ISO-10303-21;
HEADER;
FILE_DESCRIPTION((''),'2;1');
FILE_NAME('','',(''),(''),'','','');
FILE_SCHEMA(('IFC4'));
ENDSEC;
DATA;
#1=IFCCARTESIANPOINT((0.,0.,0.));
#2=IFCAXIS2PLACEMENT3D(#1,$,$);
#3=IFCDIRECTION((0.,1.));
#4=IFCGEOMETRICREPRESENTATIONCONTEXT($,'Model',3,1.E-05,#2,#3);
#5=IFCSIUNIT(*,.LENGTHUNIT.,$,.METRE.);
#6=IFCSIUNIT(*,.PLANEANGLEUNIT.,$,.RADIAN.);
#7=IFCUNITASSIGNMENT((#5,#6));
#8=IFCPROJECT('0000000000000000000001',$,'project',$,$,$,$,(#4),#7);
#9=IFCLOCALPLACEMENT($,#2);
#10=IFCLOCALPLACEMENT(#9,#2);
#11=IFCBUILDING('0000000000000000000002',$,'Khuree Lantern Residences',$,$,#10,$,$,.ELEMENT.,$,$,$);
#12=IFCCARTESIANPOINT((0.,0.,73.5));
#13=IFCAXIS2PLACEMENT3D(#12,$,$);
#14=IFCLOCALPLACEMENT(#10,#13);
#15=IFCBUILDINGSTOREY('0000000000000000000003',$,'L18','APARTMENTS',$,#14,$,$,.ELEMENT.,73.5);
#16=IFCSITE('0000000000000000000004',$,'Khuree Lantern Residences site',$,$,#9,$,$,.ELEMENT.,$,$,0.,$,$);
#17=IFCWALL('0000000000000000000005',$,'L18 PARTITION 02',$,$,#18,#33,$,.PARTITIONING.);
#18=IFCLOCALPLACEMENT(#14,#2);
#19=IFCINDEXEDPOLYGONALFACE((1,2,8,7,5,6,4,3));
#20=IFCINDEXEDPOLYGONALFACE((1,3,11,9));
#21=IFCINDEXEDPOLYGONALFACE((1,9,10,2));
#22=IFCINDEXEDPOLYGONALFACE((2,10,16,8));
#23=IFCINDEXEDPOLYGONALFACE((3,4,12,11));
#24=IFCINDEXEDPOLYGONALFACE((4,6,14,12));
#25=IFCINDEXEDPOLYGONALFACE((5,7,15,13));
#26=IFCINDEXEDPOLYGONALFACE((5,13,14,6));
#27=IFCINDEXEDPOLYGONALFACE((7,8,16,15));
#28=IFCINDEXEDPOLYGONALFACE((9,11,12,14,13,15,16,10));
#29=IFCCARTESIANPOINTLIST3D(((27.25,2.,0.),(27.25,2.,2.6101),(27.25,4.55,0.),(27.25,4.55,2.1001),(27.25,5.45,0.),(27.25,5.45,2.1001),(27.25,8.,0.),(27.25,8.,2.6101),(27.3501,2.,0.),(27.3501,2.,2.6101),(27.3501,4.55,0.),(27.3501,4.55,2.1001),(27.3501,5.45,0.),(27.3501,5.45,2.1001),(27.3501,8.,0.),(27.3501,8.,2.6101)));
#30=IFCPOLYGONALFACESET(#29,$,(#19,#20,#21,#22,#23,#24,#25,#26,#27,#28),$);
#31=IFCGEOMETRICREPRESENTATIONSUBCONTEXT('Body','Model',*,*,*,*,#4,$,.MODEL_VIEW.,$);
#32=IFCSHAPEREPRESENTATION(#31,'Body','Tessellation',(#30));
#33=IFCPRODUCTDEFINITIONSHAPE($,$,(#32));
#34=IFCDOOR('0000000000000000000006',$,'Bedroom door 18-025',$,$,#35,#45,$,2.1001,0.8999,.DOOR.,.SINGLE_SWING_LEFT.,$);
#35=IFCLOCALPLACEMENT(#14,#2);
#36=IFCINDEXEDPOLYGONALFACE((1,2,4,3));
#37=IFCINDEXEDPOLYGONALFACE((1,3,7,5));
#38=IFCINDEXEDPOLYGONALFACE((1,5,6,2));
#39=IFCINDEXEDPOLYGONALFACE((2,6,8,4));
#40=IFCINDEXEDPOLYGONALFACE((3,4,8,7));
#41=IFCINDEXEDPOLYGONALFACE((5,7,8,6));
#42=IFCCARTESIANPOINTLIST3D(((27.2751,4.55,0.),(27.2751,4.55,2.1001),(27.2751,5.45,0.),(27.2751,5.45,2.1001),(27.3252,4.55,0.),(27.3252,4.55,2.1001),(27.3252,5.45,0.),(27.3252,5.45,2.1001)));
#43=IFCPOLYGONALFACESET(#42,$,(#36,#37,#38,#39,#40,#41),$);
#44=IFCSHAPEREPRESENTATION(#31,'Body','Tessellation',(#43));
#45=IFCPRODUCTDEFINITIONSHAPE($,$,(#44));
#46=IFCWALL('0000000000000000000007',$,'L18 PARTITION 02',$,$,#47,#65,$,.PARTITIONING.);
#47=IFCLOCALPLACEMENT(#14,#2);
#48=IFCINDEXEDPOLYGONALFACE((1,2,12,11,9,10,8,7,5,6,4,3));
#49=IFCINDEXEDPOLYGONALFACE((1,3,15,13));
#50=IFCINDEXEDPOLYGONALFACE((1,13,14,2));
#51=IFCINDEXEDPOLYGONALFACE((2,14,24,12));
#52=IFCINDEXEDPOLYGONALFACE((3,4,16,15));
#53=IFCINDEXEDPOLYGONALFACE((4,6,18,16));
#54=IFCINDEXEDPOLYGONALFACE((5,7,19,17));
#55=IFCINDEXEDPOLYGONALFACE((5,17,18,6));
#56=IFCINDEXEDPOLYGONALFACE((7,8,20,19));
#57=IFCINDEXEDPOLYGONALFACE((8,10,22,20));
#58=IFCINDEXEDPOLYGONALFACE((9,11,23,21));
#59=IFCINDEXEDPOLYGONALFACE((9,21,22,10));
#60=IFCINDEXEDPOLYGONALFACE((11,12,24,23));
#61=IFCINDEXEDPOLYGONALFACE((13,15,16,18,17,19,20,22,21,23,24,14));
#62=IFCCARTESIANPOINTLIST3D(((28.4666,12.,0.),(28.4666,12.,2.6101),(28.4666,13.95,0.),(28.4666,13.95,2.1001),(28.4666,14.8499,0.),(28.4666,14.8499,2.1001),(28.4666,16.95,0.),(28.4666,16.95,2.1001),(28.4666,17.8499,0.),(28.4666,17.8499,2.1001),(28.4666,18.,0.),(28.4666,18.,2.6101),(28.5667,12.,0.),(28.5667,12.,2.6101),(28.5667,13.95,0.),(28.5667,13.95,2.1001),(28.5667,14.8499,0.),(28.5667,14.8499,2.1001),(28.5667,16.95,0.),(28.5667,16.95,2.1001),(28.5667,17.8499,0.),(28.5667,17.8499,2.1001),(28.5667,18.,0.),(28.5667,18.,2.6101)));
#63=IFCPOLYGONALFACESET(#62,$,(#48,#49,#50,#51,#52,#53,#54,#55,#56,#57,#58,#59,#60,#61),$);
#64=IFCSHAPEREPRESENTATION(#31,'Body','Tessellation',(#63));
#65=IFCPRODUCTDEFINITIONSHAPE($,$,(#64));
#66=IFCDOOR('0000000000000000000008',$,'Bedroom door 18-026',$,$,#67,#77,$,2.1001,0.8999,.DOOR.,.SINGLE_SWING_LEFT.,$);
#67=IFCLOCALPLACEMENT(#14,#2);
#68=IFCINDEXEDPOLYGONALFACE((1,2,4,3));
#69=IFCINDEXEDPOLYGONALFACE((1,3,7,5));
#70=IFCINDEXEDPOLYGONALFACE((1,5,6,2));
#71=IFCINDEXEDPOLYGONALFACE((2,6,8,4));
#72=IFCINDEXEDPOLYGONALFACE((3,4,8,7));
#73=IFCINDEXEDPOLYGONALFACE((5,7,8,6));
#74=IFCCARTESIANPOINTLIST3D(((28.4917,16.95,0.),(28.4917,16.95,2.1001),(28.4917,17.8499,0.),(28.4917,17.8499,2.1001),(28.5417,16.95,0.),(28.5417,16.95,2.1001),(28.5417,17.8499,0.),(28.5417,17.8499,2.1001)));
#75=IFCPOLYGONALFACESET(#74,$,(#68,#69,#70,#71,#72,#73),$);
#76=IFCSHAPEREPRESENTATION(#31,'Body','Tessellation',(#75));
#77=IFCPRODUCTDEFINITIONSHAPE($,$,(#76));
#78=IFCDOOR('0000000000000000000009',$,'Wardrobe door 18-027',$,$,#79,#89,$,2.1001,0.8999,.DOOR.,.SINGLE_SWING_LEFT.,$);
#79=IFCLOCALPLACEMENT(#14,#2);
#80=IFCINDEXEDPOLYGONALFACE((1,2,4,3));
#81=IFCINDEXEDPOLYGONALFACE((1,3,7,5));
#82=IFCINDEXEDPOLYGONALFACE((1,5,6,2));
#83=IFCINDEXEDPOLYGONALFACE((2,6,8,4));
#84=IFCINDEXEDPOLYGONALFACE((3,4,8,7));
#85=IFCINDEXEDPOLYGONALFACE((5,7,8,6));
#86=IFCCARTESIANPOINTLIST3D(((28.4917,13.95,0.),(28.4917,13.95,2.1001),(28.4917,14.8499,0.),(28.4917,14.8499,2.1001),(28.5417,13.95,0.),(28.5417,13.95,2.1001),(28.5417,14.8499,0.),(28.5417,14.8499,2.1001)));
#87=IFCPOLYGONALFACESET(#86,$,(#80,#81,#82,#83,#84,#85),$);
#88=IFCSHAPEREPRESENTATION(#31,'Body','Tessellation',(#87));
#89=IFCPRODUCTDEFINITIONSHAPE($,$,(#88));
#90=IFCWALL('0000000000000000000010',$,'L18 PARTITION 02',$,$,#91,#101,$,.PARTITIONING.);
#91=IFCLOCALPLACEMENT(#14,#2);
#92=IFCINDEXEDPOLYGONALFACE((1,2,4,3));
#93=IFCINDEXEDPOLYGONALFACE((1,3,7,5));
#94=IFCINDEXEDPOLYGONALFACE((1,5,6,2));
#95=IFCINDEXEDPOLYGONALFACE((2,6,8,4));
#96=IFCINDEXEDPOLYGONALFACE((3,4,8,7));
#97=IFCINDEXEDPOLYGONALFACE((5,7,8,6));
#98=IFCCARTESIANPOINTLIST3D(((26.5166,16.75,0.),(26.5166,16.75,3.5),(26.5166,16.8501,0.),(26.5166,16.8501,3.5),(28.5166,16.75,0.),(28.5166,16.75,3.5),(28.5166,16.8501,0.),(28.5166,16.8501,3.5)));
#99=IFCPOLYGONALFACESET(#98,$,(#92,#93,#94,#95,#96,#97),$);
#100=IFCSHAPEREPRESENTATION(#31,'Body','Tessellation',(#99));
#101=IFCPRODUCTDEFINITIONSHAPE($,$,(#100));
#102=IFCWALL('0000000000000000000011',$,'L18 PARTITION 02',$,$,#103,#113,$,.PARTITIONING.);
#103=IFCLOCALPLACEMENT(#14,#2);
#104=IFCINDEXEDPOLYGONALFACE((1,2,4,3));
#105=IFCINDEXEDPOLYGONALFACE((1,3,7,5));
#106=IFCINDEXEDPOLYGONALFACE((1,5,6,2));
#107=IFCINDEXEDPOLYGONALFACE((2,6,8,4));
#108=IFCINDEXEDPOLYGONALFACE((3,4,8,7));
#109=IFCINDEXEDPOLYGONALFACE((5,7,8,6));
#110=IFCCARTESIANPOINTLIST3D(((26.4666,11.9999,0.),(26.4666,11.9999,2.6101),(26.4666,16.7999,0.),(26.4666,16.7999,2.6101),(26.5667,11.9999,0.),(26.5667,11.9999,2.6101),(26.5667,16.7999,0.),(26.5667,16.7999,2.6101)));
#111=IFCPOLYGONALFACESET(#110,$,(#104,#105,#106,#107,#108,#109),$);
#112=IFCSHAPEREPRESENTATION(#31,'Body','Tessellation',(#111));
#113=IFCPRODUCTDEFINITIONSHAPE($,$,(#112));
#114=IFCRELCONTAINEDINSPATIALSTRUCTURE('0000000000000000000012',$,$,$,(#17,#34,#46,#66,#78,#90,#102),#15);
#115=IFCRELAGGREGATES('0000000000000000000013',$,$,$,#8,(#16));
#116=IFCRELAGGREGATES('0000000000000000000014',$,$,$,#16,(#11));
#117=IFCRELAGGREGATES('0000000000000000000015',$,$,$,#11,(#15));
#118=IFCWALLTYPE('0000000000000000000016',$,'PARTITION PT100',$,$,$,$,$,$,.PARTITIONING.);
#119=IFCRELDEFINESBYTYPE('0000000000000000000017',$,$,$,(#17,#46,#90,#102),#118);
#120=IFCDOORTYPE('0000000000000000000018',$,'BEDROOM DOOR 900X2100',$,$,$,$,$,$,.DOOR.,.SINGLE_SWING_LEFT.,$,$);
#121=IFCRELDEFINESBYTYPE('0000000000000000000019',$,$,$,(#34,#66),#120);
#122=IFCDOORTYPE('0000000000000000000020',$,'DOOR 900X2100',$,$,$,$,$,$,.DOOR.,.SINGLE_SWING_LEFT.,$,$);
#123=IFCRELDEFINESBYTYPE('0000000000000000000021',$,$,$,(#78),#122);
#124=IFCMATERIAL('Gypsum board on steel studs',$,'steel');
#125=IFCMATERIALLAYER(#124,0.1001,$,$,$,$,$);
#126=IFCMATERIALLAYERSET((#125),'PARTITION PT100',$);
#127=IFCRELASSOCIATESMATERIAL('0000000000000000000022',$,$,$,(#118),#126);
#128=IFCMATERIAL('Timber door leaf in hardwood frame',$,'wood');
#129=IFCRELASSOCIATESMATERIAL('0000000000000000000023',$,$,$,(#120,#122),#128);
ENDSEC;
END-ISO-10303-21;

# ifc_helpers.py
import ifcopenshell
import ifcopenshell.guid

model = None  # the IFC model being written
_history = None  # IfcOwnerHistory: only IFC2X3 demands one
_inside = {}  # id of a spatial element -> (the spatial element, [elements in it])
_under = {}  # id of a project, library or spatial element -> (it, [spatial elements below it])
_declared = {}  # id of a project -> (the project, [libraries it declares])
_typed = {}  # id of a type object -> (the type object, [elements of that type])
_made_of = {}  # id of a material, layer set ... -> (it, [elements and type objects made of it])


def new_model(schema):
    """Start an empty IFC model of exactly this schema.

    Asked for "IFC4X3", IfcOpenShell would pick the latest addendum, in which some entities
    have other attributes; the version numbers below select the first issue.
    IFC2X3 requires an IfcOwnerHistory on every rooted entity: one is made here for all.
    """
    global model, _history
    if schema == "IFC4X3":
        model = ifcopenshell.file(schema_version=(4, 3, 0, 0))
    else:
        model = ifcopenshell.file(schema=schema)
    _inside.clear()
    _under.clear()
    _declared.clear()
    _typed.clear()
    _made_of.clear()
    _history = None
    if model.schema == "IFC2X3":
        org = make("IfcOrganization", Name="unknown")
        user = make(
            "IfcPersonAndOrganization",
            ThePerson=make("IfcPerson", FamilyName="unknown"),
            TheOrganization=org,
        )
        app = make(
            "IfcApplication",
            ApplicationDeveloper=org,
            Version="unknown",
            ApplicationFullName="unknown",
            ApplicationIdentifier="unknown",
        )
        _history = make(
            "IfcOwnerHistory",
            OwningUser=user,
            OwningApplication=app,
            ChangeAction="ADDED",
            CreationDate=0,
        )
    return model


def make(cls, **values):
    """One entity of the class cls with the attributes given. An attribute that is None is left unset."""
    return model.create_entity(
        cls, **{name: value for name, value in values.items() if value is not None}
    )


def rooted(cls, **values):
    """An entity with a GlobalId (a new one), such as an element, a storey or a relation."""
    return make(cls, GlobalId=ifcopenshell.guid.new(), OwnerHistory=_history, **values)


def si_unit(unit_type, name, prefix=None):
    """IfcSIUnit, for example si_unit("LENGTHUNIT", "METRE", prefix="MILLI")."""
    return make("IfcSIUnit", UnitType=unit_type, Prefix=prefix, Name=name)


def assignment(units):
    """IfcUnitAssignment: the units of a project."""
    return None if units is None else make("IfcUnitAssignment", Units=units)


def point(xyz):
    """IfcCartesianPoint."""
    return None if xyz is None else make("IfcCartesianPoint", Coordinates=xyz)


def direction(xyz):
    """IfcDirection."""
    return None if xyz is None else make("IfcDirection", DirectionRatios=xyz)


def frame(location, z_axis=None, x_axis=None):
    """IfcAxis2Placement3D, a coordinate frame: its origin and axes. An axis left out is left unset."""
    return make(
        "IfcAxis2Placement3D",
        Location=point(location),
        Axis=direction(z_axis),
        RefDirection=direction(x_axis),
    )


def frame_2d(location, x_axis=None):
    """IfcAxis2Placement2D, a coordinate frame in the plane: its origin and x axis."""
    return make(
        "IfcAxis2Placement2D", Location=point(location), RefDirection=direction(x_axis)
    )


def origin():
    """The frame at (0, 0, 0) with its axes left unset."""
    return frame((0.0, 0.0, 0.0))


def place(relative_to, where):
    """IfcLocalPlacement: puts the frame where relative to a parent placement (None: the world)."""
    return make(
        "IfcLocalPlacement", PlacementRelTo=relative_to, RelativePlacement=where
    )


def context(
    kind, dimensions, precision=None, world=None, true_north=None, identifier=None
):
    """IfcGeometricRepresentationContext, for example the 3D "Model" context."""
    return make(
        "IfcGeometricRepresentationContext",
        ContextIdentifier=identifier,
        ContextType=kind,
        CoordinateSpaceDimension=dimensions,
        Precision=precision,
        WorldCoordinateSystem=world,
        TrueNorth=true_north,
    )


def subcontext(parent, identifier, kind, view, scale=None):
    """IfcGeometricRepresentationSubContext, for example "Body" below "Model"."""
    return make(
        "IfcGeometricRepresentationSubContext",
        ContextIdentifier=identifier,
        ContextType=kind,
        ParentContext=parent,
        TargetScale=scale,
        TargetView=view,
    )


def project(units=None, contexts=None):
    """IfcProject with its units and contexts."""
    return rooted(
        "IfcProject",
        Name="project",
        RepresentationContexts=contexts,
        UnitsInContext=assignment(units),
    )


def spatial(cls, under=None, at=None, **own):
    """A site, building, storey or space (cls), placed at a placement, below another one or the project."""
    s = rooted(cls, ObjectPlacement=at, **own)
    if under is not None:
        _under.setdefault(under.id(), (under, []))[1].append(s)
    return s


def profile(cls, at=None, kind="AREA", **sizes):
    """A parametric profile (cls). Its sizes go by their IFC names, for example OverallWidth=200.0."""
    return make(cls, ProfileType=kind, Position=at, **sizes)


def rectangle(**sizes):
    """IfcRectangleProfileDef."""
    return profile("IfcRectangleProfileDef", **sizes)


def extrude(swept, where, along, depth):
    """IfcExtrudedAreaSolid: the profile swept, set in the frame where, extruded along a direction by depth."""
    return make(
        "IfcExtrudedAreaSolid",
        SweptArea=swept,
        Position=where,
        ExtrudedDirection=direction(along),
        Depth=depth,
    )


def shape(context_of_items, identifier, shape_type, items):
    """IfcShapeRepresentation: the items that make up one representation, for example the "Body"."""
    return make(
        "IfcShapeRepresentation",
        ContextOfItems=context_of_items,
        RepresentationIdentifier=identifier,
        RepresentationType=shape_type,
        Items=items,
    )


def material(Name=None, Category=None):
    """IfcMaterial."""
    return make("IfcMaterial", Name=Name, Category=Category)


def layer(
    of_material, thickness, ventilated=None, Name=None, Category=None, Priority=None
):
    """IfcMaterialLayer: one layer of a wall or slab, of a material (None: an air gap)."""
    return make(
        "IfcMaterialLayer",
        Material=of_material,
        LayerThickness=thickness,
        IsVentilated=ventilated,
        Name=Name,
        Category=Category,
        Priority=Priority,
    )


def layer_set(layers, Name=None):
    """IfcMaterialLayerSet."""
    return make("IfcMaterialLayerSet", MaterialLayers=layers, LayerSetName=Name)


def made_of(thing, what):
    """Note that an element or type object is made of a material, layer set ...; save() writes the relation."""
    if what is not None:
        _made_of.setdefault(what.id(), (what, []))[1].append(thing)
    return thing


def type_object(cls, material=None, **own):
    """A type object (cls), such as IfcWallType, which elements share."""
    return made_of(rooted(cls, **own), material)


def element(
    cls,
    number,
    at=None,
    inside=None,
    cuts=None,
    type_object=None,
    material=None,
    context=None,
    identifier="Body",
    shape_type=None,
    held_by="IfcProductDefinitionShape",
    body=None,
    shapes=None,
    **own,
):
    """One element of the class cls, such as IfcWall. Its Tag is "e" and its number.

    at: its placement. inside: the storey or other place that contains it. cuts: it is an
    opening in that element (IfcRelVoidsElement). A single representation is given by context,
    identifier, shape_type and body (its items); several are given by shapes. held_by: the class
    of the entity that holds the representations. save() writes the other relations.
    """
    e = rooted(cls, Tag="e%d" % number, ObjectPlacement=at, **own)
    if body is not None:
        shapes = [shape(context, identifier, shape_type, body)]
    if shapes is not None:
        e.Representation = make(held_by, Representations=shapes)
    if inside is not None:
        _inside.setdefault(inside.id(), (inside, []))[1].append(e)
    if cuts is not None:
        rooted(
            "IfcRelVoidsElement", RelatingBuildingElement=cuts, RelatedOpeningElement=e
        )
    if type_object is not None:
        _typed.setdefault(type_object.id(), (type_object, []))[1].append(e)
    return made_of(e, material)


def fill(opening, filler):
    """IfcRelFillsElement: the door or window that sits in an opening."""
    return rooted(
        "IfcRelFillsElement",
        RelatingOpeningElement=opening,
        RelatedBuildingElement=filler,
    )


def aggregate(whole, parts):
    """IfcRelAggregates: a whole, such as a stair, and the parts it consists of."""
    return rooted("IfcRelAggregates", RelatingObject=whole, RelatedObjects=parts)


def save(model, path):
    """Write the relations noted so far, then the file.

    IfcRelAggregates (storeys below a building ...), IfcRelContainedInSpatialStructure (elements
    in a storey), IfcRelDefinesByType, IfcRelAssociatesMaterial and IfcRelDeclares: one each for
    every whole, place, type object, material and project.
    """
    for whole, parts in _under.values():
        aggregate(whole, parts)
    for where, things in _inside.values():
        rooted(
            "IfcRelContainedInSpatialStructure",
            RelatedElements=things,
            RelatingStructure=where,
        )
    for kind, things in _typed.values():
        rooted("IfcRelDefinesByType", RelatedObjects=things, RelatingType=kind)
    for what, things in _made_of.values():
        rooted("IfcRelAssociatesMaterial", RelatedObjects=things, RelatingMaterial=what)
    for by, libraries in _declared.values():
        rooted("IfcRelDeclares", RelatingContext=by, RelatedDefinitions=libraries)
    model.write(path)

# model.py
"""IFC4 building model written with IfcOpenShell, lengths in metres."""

from ifc_helpers import new_model, si_unit, direction, frame, frame_2d, origin, place, context, subcontext, project, spatial, rectangle, extrude, material, layer, layer_set, type_object, element, fill, save


model = new_model("IFC4")

# Units and contexts
model_context = context("Model", 3, precision=1e-05, world=origin(), true_north=direction((0.0, 1.0)))
body_context = subcontext(model_context, "Body", "Model", "MODEL_VIEW")
ifc_project = project(units=[si_unit("LENGTHUNIT", "METRE"), si_unit("PLANEANGLEUNIT", "RADIAN")], contexts=[model_context])

# Site, building, storey
site_placement = place(None, origin())
site = spatial("IfcSite", under=ifc_project, at=site_placement, Name="Khuree Lantern Residences site", CompositionType="ELEMENT", RefElevation=0.0)
building_placement = place(site_placement, origin())
building = spatial("IfcBuilding", under=site, at=building_placement, Name="Khuree Lantern Residences", CompositionType="ELEMENT")
storey_placement = place(building_placement, frame((0.0, 0.0, 73.5)))
storey = spatial("IfcBuildingStorey", under=building, at=storey_placement, Name="L18", Description="APARTMENTS", CompositionType="ELEMENT", Elevation=73.5)

# Shared definitions
ifc_material_1 = material(Name="Timber door leaf in hardwood frame", Category="wood")

# Shared definitions
ifc_material_2 = material(Name="Gypsum board on steel studs", Category="steel")
ifc_layer_1 = layer(ifc_material_2, 0.1001)
ifc_layer_set_1 = layer_set([ifc_layer_1], Name="PARTITION PT100")
wall_type_1 = type_object("IfcWallType", Name="PARTITION PT100", PredefinedType="PARTITIONING", material=ifc_layer_set_1)

# Wall, opening, door
wall_1_placement = place(storey_placement, frame((27.3, 2.0, 0.0), z_axis=(0.0, 0.0, 1.0), x_axis=(0.0, 1.0, 0.0)))
wall_1 = element("IfcWall", 1, at=wall_1_placement, inside=storey, type_object=wall_type_1, Name="L18 PARTITION 02", PredefinedType="PARTITIONING", context=body_context, shape_type="SweptSolid", body=[
    extrude(rectangle(XDim=6.0, YDim=0.1001, at=frame_2d((3.0, 0.0))), origin(), (0.0, 0.0, 1.0), 2.6101),
])
opening_1_placement = place(wall_1_placement, frame((2.55, 0.0, 0.0)))
opening_1 = element("IfcOpeningElement", 2, at=opening_1_placement, cuts=wall_1, PredefinedType="OPENING", context=body_context, shape_type="SweptSolid", body=[
    extrude(rectangle(XDim=0.8999, YDim=2.1001, at=frame_2d((0.45, 1.05))), frame((0.0, 0.0601, 0.0), z_axis=(0.0, -1.0, 0.0), x_axis=(1.0, 0.0, 0.0)), (0.0, 0.0, 1.0), 0.1201),
])
door_type_1 = type_object("IfcDoorType", Name="BEDROOM DOOR 900X2100", OperationType="SINGLE_SWING_LEFT", PredefinedType="DOOR", material=ifc_material_1)
door_1_placement = place(opening_1_placement, origin())
door_1 = element("IfcDoor", 3, at=door_1_placement, inside=storey, type_object=door_type_1, Name="Bedroom door 18-025", OperationType="SINGLE_SWING_LEFT", OverallHeight=2.1001, OverallWidth=0.8999, PredefinedType="DOOR", context=body_context, shape_type="SweptSolid", body=[
    extrude(rectangle(XDim=0.8999, YDim=2.1001, at=frame_2d((0.45, 1.05))), frame((0.0, 0.0249, 0.0), z_axis=(0.0, -1.0, 0.0), x_axis=(1.0, 0.0, 0.0)), (0.0, 0.0, 1.0), 0.05),
])
fill(opening_1, door_1)

# Wall, openings, doors
wall_2_placement = place(storey_placement, frame((28.5166, 12.0, 0.0), z_axis=(0.0, 0.0, 1.0), x_axis=(0.0, 1.0, 0.0)))
wall_2 = element("IfcWall", 4, at=wall_2_placement, inside=storey, type_object=wall_type_1, Name="L18 PARTITION 02", PredefinedType="PARTITIONING", context=body_context, shape_type="SweptSolid", body=[
    extrude(rectangle(XDim=6.0, YDim=0.1001, at=frame_2d((3.0, 0.0))), origin(), (0.0, 0.0, 1.0), 2.6101),
])
opening_2_placement = place(wall_2_placement, frame((4.95, 0.0, 0.0)))
opening_2 = element("IfcOpeningElement", 5, at=opening_2_placement, cuts=wall_2, PredefinedType="OPENING", context=body_context, shape_type="SweptSolid", body=[
    extrude(rectangle(XDim=0.8999, YDim=2.1001, at=frame_2d((0.45, 1.05))), frame((0.0, 0.0601, 0.0), z_axis=(0.0, -1.0, 0.0), x_axis=(1.0, 0.0, 0.0)), (0.0, 0.0, 1.0), 0.1201),
])
opening_3_placement = place(wall_2_placement, frame((1.95, 0.0, 0.0)))
opening_3 = element("IfcOpeningElement", 6, at=opening_3_placement, cuts=wall_2, PredefinedType="OPENING", context=body_context, shape_type="SweptSolid", body=[
    extrude(rectangle(XDim=0.8999, YDim=2.1001, at=frame_2d((0.45, 1.05))), frame((0.0, 0.0601, 0.0), z_axis=(0.0, -1.0, 0.0), x_axis=(1.0, 0.0, 0.0)), (0.0, 0.0, 1.0), 0.1201),
])
door_2_placement = place(opening_2_placement, origin())
door_2 = element("IfcDoor", 7, at=door_2_placement, inside=storey, type_object=door_type_1, Name="Bedroom door 18-026", OperationType="SINGLE_SWING_LEFT", OverallHeight=2.1001, OverallWidth=0.8999, PredefinedType="DOOR", context=body_context, shape_type="SweptSolid", body=[
    extrude(rectangle(XDim=0.8999, YDim=2.1001, at=frame_2d((0.45, 1.05))), frame((0.0, 0.0249, 0.0), z_axis=(0.0, -1.0, 0.0), x_axis=(1.0, 0.0, 0.0)), (0.0, 0.0, 1.0), 0.05),
])
fill(opening_2, door_2)
door_type_2 = type_object("IfcDoorType", Name="DOOR 900X2100", OperationType="SINGLE_SWING_LEFT", PredefinedType="DOOR", material=ifc_material_1)
door_3_placement = place(opening_3_placement, origin())
door_3 = element("IfcDoor", 8, at=door_3_placement, inside=storey, type_object=door_type_2, Name="Wardrobe door 18-027", OperationType="SINGLE_SWING_LEFT", OverallHeight=2.1001, OverallWidth=0.8999, PredefinedType="DOOR", context=body_context, shape_type="SweptSolid", body=[
    extrude(rectangle(XDim=0.8999, YDim=2.1001, at=frame_2d((0.45, 1.05))), frame((0.0, 0.0249, 0.0), z_axis=(0.0, -1.0, 0.0), x_axis=(1.0, 0.0, 0.0)), (0.0, 0.0, 1.0), 0.05),
])
fill(opening_3, door_3)

# Walls
wall_3_placement = place(storey_placement, frame((26.5166, 16.8, 0.0), z_axis=(0.0, 0.0, 1.0), x_axis=(1.0, 0.0, 0.0)))
element("IfcWall", 9, at=wall_3_placement, inside=storey, type_object=wall_type_1, Name="L18 PARTITION 02", PredefinedType="PARTITIONING", context=body_context, shape_type="SweptSolid", body=[
    extrude(rectangle(XDim=2.0, YDim=0.1001, at=frame_2d((1.0, 0.0))), origin(), (0.0, 0.0, 1.0), 3.5),
])
wall_4_placement = place(storey_placement, frame((26.5166, 12.0, 0.0), z_axis=(0.0, 0.0, 1.0), x_axis=(0.0, 1.0, 0.0)))
element("IfcWall", 10, at=wall_4_placement, inside=storey, type_object=wall_type_1, Name="L18 PARTITION 02", PredefinedType="PARTITIONING", context=body_context, shape_type="SweptSolid", body=[
    extrude(rectangle(XDim=4.8, YDim=0.1001, at=frame_2d((2.3999, 0.0))), origin(), (0.0, 0.0, 1.0), 2.6101),
])

save(model, "model.ifc")
